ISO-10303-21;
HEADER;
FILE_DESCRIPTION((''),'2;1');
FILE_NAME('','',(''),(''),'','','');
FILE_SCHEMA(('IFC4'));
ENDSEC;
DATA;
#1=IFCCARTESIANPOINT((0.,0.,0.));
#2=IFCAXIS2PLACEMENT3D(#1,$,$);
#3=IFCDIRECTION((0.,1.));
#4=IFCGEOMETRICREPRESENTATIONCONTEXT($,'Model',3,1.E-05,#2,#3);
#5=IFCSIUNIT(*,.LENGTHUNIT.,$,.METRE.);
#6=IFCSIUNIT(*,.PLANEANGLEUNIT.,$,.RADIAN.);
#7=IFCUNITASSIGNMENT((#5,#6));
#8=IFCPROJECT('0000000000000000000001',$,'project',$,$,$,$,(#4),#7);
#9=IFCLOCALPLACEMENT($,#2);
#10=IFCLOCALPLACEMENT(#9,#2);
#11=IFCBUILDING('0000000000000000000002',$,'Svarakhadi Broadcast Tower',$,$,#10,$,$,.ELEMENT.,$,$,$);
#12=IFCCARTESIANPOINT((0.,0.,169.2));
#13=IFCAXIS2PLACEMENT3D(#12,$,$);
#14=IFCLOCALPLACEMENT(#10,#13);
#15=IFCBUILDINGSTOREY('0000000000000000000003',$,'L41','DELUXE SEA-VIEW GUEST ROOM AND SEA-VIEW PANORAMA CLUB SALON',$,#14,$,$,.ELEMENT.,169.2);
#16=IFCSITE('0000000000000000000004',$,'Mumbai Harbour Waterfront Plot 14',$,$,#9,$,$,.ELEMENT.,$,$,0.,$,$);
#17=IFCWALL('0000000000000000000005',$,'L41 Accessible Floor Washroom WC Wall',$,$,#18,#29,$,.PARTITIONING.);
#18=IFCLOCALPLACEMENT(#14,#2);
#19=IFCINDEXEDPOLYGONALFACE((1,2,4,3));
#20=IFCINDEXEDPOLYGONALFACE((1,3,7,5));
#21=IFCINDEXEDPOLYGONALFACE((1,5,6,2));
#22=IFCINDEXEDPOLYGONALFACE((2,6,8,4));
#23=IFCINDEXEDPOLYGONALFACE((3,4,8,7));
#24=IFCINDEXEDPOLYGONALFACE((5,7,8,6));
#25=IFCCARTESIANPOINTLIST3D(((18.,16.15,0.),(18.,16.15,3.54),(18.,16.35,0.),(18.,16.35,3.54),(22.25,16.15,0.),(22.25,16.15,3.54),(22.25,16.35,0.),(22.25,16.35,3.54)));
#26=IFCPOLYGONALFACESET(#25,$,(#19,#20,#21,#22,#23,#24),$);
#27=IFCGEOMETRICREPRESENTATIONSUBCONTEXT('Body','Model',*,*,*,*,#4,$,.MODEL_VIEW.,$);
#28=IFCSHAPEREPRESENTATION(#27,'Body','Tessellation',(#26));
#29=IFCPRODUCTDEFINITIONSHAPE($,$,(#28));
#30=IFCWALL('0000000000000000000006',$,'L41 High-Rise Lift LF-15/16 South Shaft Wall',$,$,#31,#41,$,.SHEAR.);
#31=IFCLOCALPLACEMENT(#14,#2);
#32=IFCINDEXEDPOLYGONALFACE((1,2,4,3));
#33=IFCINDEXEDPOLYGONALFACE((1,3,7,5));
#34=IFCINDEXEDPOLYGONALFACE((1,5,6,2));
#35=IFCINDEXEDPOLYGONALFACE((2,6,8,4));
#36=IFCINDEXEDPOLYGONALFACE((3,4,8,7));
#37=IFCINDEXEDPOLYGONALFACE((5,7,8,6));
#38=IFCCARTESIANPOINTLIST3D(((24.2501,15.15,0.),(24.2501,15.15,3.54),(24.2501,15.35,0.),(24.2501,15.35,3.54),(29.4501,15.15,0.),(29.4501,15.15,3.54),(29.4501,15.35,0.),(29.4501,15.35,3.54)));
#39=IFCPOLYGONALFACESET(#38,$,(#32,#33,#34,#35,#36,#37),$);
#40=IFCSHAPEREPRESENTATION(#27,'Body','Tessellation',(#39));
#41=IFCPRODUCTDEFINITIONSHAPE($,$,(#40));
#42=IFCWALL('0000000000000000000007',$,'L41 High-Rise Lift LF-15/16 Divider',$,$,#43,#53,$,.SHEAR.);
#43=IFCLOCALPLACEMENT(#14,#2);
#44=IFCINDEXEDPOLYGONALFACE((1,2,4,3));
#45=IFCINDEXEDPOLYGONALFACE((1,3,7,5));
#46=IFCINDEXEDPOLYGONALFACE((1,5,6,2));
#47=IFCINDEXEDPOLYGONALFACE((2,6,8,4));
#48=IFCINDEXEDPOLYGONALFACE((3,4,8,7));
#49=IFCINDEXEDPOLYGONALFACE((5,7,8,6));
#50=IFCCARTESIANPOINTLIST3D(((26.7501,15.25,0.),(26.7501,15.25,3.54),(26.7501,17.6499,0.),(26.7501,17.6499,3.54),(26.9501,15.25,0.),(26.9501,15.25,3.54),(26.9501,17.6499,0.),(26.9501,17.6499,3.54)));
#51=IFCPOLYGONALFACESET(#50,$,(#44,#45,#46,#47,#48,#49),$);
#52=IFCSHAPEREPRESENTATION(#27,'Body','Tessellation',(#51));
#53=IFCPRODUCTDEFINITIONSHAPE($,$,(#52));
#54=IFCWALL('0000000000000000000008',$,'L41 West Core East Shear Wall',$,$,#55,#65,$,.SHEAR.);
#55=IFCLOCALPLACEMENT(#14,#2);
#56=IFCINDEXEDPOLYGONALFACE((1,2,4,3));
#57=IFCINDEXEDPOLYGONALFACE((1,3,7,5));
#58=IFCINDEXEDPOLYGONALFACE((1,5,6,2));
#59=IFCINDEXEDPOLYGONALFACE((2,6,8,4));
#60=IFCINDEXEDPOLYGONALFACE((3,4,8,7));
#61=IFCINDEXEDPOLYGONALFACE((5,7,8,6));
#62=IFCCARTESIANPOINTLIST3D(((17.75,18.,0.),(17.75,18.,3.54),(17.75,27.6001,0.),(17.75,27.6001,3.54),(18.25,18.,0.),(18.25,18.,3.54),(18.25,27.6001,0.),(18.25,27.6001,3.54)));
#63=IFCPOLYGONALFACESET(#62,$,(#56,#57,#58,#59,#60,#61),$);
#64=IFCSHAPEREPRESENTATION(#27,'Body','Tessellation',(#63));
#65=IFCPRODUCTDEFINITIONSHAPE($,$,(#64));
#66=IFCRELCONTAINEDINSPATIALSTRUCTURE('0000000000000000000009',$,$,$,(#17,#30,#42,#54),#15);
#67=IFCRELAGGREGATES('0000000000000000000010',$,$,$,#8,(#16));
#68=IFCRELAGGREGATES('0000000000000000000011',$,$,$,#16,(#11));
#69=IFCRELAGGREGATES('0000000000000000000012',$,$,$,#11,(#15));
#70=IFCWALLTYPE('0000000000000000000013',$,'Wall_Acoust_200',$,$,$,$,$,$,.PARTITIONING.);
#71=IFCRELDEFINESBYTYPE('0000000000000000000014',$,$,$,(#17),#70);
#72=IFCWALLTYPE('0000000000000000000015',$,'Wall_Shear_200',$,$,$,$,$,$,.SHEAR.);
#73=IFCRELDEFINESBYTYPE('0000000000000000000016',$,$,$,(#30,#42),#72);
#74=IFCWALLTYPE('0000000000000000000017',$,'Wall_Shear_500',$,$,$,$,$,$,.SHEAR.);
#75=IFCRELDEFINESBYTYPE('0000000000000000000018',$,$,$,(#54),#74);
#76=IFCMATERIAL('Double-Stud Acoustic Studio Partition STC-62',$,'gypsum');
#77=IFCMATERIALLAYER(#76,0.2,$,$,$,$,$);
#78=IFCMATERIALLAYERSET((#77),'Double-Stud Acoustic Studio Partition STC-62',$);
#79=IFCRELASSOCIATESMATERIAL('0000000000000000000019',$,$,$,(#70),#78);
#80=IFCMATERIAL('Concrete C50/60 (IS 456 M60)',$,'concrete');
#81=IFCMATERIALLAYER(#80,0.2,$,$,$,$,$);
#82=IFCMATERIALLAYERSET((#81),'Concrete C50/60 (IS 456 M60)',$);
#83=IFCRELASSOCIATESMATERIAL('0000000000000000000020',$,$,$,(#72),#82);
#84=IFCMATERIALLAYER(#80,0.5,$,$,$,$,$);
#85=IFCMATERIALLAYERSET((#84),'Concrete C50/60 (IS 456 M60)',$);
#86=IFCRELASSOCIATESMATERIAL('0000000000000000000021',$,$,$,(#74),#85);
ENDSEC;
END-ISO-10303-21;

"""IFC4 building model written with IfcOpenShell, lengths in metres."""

from ifc_helpers import new_model, si_unit, direction, frame, frame_2d, origin, place, context, subcontext, project, spatial, rectangle, extrude, material, layer, layer_set, type_object, element, save


model = new_model("IFC4")

# Units and contexts
model_context = context("Model", 3, precision=1e-05, world=origin(), true_north=direction((0.0, 1.0)))
body_context = subcontext(model_context, "Body", "Model", "MODEL_VIEW")
ifc_project = project(units=[si_unit("LENGTHUNIT", "METRE"), si_unit("PLANEANGLEUNIT", "RADIAN")], contexts=[model_context])

# Site, building, storey
site_placement = place(None, origin())
site = spatial("IfcSite", under=ifc_project, at=site_placement, Name="Mumbai Harbour Waterfront Plot 14", CompositionType="ELEMENT", RefElevation=0.0)
building_placement = place(site_placement, origin())
building = spatial("IfcBuilding", under=site, at=building_placement, Name="Svarakhadi Broadcast Tower", CompositionType="ELEMENT")
storey_placement = place(building_placement, frame((0.0, 0.0, 169.2)))
storey = spatial("IfcBuildingStorey", under=building, at=storey_placement, Name="L41", Description="DELUXE SEA-VIEW GUEST ROOM AND SEA-VIEW PANORAMA CLUB SALON", CompositionType="ELEMENT", Elevation=169.2)

# Shared definitions
ifc_material_1 = material(Name="Concrete C50/60 (IS 456 M60)", Category="concrete")

# Wall
ifc_material_2 = material(Name="Double-Stud Acoustic Studio Partition STC-62", Category="gypsum")
ifc_layer_1 = layer(ifc_material_2, 0.2)
ifc_layer_set_1 = layer_set([ifc_layer_1], Name="Double-Stud Acoustic Studio Partition STC-62")
wall_type_1 = type_object("IfcWallType", Name="Wall_Acoust_200", PredefinedType="PARTITIONING", material=ifc_layer_set_1)
wall_1_placement = place(storey_placement, frame((18.0, 16.25, 0.0), z_axis=(0.0, 0.0, 1.0), x_axis=(1.0, 0.0, 0.0)))
element("IfcWall", 1, at=wall_1_placement, inside=storey, type_object=wall_type_1, Name="L41 Accessible Floor Washroom WC Wall", PredefinedType="PARTITIONING", context=body_context, shape_type="SweptSolid", body=[
    extrude(rectangle(XDim=4.25, YDim=0.2, at=frame_2d((2.125, 0.0))), origin(), (0.0, 0.0, 1.0), 3.54),
])

# Shared definitions
ifc_layer_2 = layer(ifc_material_1, 0.2)
ifc_layer_set_2 = layer_set([ifc_layer_2], Name="Concrete C50/60 (IS 456 M60)")
wall_type_2 = type_object("IfcWallType", Name="Wall_Shear_200", PredefinedType="SHEAR", material=ifc_layer_set_2)

# Walls
wall_2_placement = place(storey_placement, frame((24.25, 15.25, 0.0), z_axis=(0.0, 0.0, 1.0), x_axis=(1.0, 0.0, 0.0)))
element("IfcWall", 2, at=wall_2_placement, inside=storey, type_object=wall_type_2, Name="L41 High-Rise Lift LF-15/16 South Shaft Wall", PredefinedType="SHEAR", context=body_context, shape_type="SweptSolid", body=[
    extrude(rectangle(XDim=5.2, YDim=0.2, at=frame_2d((2.6001, 0.0))), origin(), (0.0, 0.0, 1.0), 3.54),
])
wall_3_placement = place(storey_placement, frame((26.8501, 15.25, 0.0), z_axis=(0.0, 0.0, 1.0), x_axis=(0.0, 1.0, 0.0)))
element("IfcWall", 3, at=wall_3_placement, inside=storey, type_object=wall_type_2, Name="L41 High-Rise Lift LF-15/16 Divider", PredefinedType="SHEAR", context=body_context, shape_type="SweptSolid", body=[
    extrude(rectangle(XDim=2.3999, YDim=0.2, at=frame_2d((1.2, 0.0))), origin(), (0.0, 0.0, 1.0), 3.54),
])
ifc_layer_3 = layer(ifc_material_1, 0.5)
ifc_layer_set_3 = layer_set([ifc_layer_3], Name="Concrete C50/60 (IS 456 M60)")
wall_type_3 = type_object("IfcWallType", Name="Wall_Shear_500", PredefinedType="SHEAR", material=ifc_layer_set_3)
wall_4_placement = place(storey_placement, frame((18.0, 18.0, 0.0), z_axis=(0.0, 0.0, 1.0), x_axis=(0.0, 1.0, 0.0)))
element("IfcWall", 4, at=wall_4_placement, inside=storey, type_object=wall_type_3, Name="L41 West Core East Shear Wall", PredefinedType="SHEAR", context=body_context, shape_type="SweptSolid", body=[
    extrude(rectangle(XDim=9.6001, YDim=0.5, at=frame_2d((4.8, 0.0))), origin(), (0.0, 0.0, 1.0), 3.54),
])

save(model, "model.ifc")
